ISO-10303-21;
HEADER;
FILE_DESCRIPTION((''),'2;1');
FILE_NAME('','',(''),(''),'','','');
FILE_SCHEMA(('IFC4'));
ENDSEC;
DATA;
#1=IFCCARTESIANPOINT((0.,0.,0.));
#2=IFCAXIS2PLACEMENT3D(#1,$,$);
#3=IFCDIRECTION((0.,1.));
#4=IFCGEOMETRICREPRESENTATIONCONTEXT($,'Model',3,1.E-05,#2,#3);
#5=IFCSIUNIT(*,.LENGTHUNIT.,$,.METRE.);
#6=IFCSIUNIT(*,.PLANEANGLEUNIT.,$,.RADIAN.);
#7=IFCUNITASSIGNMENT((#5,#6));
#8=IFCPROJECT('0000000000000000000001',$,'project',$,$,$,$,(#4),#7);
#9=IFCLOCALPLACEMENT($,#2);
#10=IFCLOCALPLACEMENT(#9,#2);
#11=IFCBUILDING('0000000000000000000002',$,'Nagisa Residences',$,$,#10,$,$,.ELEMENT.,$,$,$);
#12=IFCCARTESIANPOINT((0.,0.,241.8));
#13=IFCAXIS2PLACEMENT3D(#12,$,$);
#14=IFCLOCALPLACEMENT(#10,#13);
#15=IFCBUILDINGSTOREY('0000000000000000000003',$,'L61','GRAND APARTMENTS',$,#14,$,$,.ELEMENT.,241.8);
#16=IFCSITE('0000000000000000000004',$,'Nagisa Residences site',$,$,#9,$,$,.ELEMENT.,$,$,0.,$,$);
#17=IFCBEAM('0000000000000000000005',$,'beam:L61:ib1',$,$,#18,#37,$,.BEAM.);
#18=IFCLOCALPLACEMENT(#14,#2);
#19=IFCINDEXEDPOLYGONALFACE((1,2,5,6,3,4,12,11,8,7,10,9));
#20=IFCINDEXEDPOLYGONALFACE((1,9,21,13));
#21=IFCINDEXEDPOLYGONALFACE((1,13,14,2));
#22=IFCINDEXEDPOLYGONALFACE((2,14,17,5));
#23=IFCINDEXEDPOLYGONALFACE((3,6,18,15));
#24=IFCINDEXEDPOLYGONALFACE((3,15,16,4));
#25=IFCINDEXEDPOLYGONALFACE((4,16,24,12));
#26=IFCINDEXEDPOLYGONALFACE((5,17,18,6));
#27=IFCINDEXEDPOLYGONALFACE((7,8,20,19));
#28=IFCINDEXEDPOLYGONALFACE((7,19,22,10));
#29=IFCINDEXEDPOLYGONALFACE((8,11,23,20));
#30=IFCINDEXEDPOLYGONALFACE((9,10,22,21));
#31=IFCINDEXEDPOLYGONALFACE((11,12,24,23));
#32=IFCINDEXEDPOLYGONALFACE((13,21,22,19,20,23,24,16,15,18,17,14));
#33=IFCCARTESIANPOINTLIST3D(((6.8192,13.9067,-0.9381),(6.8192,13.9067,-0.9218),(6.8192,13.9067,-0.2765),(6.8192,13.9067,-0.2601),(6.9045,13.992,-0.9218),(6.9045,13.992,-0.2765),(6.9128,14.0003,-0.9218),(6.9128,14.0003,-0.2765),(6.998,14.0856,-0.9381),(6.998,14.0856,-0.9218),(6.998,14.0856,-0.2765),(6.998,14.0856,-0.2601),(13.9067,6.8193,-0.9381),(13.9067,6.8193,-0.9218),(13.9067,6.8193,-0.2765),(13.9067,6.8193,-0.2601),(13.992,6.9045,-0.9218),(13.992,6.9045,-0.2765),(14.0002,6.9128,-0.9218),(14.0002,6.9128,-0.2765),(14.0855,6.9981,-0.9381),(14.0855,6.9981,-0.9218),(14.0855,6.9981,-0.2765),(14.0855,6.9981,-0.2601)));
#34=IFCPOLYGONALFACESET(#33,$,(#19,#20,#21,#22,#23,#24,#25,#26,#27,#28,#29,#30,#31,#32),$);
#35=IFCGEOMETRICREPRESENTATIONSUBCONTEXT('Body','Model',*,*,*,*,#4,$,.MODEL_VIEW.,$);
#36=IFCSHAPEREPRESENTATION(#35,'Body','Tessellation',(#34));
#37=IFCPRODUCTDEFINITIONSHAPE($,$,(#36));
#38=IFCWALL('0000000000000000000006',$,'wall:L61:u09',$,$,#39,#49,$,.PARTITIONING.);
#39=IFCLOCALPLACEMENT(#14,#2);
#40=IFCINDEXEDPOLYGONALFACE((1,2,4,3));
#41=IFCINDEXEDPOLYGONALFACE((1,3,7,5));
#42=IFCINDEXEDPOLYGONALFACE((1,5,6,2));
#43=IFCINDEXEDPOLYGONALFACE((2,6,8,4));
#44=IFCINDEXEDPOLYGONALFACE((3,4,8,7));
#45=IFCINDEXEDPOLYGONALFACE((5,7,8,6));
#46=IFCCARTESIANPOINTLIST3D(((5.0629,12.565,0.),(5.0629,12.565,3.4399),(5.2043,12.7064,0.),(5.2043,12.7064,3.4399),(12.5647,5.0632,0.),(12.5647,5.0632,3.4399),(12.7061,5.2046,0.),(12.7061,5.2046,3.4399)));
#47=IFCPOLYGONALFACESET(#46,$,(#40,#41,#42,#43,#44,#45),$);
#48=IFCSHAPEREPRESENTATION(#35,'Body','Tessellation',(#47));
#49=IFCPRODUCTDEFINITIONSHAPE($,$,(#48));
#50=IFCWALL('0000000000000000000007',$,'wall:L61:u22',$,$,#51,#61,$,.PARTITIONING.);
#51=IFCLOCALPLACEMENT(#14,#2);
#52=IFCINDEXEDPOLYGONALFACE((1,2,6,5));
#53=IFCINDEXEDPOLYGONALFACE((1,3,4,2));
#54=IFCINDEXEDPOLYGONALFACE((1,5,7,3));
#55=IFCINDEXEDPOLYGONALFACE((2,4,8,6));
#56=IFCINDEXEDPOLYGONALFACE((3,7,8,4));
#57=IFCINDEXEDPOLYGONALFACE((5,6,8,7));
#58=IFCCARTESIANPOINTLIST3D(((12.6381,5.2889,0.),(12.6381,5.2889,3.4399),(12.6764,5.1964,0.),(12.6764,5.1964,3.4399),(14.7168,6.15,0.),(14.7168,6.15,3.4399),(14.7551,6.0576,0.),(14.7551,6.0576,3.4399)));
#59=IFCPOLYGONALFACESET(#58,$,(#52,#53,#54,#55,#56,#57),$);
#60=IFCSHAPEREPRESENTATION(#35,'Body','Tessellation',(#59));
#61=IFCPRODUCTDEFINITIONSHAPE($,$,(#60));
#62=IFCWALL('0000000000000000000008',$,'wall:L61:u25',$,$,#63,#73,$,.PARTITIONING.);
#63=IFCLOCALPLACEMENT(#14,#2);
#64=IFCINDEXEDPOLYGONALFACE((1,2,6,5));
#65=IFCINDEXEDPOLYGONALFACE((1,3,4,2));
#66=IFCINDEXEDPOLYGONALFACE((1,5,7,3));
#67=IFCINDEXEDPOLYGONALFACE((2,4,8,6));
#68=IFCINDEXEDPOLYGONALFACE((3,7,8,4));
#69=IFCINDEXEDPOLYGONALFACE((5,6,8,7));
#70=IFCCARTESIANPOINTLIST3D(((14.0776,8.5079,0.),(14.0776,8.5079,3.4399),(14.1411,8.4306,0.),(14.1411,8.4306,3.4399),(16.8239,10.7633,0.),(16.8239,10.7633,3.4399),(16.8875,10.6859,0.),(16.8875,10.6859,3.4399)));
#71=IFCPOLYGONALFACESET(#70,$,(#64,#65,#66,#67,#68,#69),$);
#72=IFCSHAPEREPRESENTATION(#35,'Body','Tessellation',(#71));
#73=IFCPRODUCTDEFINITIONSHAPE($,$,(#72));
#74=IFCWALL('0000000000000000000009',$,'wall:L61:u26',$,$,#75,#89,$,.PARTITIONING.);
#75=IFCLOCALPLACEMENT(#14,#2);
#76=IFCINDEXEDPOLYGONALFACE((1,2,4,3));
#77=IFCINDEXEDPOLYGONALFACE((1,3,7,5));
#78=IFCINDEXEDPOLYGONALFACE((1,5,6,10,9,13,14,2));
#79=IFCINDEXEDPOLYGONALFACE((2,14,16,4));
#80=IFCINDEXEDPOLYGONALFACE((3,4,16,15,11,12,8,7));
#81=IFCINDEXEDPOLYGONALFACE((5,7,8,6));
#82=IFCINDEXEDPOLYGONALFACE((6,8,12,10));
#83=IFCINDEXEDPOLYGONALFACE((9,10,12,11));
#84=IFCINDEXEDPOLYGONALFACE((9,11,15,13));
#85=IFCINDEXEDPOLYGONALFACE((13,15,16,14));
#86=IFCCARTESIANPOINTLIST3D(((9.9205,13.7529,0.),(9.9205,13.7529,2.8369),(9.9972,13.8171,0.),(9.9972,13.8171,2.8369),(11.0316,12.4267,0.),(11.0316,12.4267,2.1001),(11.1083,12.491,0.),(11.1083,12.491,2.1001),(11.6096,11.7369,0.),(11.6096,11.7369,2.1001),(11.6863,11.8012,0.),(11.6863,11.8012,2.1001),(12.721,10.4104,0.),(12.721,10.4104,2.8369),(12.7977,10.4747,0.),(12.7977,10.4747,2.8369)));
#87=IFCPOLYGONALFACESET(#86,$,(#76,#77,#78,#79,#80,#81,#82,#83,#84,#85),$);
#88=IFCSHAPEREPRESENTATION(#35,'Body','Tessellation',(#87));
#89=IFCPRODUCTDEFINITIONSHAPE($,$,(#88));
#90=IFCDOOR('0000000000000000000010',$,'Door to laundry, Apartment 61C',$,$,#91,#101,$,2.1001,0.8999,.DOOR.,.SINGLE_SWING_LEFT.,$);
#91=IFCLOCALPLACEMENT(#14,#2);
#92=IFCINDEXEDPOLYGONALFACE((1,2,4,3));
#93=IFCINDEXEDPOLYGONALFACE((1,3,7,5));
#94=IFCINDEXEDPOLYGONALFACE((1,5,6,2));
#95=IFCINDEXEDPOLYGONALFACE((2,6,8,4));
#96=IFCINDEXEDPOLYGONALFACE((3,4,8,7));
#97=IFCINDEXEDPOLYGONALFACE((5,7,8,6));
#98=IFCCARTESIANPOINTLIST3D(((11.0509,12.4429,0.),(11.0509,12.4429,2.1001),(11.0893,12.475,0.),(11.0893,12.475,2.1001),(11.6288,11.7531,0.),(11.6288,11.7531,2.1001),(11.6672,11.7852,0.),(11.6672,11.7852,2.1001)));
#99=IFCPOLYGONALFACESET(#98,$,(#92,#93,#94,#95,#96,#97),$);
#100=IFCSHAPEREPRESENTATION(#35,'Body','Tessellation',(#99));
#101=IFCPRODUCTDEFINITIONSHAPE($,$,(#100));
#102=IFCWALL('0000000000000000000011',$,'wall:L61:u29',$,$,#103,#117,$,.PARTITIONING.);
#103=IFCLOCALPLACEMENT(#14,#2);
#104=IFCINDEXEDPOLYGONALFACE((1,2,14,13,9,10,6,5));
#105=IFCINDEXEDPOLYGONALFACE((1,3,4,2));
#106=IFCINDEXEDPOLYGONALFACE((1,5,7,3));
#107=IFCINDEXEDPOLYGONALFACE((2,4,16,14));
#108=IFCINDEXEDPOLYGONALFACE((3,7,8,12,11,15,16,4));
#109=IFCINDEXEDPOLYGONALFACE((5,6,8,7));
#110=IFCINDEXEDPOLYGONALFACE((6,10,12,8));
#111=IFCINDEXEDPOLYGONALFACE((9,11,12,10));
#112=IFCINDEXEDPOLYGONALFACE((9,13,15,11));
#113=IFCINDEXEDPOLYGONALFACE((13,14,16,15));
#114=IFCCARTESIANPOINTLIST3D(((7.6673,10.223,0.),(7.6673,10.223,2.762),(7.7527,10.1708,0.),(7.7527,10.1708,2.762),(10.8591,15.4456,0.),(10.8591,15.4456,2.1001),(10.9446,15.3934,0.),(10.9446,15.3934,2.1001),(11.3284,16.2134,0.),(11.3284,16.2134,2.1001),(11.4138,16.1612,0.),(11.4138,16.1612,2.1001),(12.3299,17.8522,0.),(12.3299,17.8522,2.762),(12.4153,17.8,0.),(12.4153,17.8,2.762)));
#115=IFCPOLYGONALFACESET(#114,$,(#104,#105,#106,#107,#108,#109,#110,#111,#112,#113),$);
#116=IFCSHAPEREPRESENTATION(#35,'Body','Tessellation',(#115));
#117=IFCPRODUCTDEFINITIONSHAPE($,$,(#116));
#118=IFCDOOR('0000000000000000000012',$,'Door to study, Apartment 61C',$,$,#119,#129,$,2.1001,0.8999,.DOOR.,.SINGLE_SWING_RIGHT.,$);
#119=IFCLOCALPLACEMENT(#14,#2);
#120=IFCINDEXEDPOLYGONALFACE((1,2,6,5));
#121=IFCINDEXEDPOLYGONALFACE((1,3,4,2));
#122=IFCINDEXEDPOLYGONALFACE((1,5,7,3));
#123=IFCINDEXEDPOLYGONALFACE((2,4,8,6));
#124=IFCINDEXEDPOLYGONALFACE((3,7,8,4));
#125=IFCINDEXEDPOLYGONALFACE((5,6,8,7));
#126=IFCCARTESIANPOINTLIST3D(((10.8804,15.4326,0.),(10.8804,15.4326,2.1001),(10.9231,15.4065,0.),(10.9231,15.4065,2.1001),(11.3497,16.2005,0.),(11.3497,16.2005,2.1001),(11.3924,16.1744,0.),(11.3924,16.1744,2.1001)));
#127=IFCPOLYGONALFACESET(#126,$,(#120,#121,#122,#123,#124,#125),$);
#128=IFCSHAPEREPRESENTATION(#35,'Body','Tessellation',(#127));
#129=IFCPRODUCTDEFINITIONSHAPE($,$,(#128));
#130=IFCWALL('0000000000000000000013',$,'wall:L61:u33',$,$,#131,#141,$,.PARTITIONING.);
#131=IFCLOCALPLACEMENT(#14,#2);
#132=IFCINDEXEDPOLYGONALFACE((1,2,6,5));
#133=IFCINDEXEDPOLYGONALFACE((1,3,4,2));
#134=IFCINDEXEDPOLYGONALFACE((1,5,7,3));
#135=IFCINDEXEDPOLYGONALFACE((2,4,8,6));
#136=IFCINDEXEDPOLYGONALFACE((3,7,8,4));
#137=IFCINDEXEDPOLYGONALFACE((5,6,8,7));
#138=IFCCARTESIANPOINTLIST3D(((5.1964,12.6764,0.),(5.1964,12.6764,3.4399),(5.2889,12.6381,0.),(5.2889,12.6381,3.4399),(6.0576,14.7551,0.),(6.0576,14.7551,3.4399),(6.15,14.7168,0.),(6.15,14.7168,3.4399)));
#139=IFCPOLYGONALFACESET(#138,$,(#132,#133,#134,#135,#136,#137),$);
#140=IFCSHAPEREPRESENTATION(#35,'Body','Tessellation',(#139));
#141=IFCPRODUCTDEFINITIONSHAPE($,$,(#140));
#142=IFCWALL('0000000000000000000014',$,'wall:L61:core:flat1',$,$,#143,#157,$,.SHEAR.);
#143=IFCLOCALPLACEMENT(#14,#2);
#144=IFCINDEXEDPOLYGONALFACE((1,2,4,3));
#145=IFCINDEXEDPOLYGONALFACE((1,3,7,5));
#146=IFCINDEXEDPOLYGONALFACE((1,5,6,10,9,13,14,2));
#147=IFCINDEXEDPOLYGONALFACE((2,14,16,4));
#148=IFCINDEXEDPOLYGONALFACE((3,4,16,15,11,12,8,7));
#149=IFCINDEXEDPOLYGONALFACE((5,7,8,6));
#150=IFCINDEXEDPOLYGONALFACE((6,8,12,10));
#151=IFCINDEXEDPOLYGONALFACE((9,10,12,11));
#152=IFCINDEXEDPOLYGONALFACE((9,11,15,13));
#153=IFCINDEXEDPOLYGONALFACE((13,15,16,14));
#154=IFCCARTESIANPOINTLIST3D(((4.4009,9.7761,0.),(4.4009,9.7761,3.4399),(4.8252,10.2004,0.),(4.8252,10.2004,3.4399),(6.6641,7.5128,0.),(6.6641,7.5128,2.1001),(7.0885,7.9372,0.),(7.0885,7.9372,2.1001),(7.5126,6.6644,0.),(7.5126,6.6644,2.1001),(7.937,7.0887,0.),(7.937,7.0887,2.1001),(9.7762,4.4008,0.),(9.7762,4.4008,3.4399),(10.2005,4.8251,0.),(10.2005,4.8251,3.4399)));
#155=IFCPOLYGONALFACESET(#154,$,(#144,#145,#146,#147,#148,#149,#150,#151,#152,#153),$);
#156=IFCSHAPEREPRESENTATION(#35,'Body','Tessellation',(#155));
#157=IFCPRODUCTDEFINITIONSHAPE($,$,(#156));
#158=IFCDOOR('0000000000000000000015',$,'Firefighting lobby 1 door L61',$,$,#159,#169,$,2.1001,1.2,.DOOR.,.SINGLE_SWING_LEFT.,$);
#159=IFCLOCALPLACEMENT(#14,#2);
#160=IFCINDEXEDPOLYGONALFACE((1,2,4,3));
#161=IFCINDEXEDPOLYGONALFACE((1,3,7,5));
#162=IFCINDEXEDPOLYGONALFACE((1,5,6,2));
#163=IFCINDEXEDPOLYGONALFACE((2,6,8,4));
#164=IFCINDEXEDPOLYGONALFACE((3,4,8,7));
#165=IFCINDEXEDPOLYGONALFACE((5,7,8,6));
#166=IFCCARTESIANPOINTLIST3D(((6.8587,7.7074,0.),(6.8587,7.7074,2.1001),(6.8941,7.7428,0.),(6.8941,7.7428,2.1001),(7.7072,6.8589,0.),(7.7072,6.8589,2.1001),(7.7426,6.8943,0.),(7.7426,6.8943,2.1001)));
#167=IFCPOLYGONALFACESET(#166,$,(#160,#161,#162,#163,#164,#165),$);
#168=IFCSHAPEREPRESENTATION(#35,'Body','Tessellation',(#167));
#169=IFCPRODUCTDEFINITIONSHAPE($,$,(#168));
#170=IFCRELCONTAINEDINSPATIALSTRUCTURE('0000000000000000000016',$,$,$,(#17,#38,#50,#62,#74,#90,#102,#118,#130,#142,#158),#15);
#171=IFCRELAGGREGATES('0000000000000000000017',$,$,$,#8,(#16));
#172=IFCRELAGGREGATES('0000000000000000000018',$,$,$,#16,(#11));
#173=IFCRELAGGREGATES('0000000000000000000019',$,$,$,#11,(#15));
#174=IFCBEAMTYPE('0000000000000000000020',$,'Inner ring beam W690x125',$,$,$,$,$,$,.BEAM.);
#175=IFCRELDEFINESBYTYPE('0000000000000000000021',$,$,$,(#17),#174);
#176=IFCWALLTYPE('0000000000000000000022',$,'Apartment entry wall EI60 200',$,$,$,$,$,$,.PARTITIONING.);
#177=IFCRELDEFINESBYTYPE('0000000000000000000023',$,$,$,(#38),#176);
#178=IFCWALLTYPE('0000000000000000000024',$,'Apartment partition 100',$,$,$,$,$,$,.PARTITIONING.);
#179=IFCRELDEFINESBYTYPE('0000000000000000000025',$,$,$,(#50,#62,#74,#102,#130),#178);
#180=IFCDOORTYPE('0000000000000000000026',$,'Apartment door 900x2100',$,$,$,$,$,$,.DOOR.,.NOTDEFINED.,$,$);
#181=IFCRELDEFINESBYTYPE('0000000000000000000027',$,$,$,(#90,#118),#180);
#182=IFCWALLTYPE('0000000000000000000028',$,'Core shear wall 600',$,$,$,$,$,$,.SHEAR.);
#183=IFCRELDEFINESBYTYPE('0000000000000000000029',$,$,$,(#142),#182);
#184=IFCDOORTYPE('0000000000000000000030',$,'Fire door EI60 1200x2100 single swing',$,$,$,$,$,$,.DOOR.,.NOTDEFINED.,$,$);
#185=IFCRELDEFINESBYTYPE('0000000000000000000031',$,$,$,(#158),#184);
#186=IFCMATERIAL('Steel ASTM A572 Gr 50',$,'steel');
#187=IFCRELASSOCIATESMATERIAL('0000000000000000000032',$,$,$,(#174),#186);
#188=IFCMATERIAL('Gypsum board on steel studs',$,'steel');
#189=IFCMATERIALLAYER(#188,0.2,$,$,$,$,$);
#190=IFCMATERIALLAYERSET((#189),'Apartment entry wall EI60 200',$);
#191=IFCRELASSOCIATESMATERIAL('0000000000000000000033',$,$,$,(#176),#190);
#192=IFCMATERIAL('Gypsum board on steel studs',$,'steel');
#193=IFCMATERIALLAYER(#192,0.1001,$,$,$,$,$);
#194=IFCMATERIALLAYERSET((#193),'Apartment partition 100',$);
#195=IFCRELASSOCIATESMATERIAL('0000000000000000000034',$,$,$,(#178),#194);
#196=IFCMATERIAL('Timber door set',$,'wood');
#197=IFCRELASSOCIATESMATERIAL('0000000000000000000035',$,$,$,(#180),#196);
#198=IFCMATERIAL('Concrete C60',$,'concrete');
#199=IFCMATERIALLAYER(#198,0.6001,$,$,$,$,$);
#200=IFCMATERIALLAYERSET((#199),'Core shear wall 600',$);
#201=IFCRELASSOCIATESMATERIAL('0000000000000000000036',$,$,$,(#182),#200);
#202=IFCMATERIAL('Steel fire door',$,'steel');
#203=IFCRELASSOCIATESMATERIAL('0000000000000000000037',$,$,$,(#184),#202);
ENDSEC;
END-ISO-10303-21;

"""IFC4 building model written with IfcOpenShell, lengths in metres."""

from ifc_helpers import new_model, si_unit, direction, frame, frame_2d, origin, origin_2d, place, context, subcontext, project, spatial, rectangle, i_section, extrude, material, layer, layer_set, material_profile, profile_set, type_object, element, fill, save


model = new_model("IFC4")

# Units and contexts
model_context = context("Model", 3, precision=1e-05, world=origin(), true_north=direction((0.0, 1.0)))
body_context = subcontext(model_context, "Body", "Model", "MODEL_VIEW")
ifc_project = project(units=[si_unit("LENGTHUNIT", "METRE"), si_unit("PLANEANGLEUNIT", "RADIAN")], contexts=[model_context])

# Site, building, storey
site_placement = place(None, origin())
site = spatial("IfcSite", under=ifc_project, at=site_placement, Name="Nagisa Residences site", CompositionType="ELEMENT", RefElevation=0.0)
building_placement = place(site_placement, origin())
building = spatial("IfcBuilding", under=site, at=building_placement, Name="Nagisa Residences", CompositionType="ELEMENT")
storey_placement = place(building_placement, frame((0.0, 0.0, 241.8)))
storey = spatial("IfcBuildingStorey", under=building, at=storey_placement, Name="L61", Description="GRAND APARTMENTS", CompositionType="ELEMENT", Elevation=241.8)

# Beam
ifc_material_1 = material(Name="Steel ASTM A572 Gr 50", Category="steel")
ifc_material_profile = material_profile(ifc_material_1, i_section(OverallWidth=0.2529, OverallDepth=0.678, WebThickness=0.0117, FlangeThickness=0.0164, at=origin_2d()), Name="W690x125")
ifc_profile_set = profile_set([ifc_material_profile], Name="Steel ASTM A572 Gr 50")
beam_type = type_object("IfcBeamType", Name="Inner ring beam W690x125", PredefinedType="BEAM", material=ifc_profile_set)
beam_placement = place(storey_placement, frame((13.9961, 6.9087, -0.5991), z_axis=(-0.707107, 0.707107, 0.0), x_axis=(-0.707107, -0.707107, 0.0)))
element("IfcBeam", 1, at=beam_placement, inside=storey, type_object=beam_type, Name="beam:L61:ib1", PredefinedType="BEAM", context=body_context, shape_type="SweptSolid", body=[
    extrude(i_section(OverallWidth=0.2529, OverallDepth=0.678, WebThickness=0.0117, FlangeThickness=0.0164, at=origin_2d()), origin(), (0.0, 0.0, 1.0), 10.0232),
])

# Walls
ifc_material_2 = material(Name="Gypsum board on steel studs", Category="steel")
ifc_layer_1 = layer(ifc_material_2, 0.2)
ifc_layer_set_1 = layer_set([ifc_layer_1], Name="Apartment entry wall EI60 200")
wall_type_1 = type_object("IfcWallType", Name="Apartment entry wall EI60 200", PredefinedType="PARTITIONING", material=ifc_layer_set_1)
wall_1_placement = place(storey_placement, frame((12.6355, 5.1338, 0.0), z_axis=(0.0, 0.0, 1.0), x_axis=(-0.707107, 0.707107, 0.0)))
element("IfcWall", 2, at=wall_1_placement, inside=storey, type_object=wall_type_1, Name="wall:L61:u09", PredefinedType="PARTITIONING", context=body_context, shape_type="SweptSolid", body=[
    extrude(rectangle(XDim=10.6091, YDim=0.2, at=frame_2d((5.3047, 0.0))), origin(), (0.0, 0.0, 1.0), 3.4399),
])
ifc_material_3 = material(Name="Gypsum board on steel studs", Category="steel")
ifc_layer_2 = layer(ifc_material_3, 0.1001)
ifc_layer_set_2 = layer_set([ifc_layer_2], Name="Apartment partition 100")
wall_type_2 = type_object("IfcWallType", Name="Apartment partition 100", PredefinedType="PARTITIONING", material=ifc_layer_set_2)
wall_2_placement = place(storey_placement, frame((12.6572, 5.2427, 0.0), z_axis=(0.0, 0.0, 1.0), x_axis=(0.923865, 0.382719, 0.0)))
element("IfcWall", 3, at=wall_2_placement, inside=storey, type_object=wall_type_2, Name="wall:L61:u22", PredefinedType="PARTITIONING", context=body_context, shape_type="SweptSolid", body=[
    extrude(rectangle(XDim=2.25, YDim=0.1001, at=frame_2d((1.125, 0.0))), origin(), (0.0, 0.0, 1.0), 3.4399),
])
wall_3_placement = place(storey_placement, frame((14.1094, 8.4692, 0.0), z_axis=(0.0, 0.0, 1.0), x_axis=(0.772802, 0.634647, 0.0)))
element("IfcWall", 4, at=wall_3_placement, inside=storey, type_object=wall_type_2, Name="wall:L61:u25", PredefinedType="PARTITIONING", context=body_context, shape_type="SweptSolid", body=[
    extrude(rectangle(XDim=3.5537, YDim=0.1001, at=frame_2d((1.7769, 0.0))), origin(), (0.0, 0.0, 1.0), 3.4399),
])

# Walls, openings, doors
wall_4_placement = place(storey_placement, frame((12.7593, 10.4426, 0.0), z_axis=(0.0, 0.0, 1.0), x_axis=(-0.642225, 0.766516, 0.0)))
wall_4 = element("IfcWall", 5, at=wall_4_placement, inside=storey, type_object=wall_type_2, Name="wall:L61:u26", PredefinedType="PARTITIONING", context=body_context, shape_type="SweptSolid", body=[
    extrude(rectangle(XDim=4.3606, YDim=0.1001, at=frame_2d((2.1802, 0.0))), origin(), (0.0, 0.0, 1.0), 2.8369),
])
opening_1_placement = place(wall_4_placement, frame((1.7305, 0.0, 0.0)))
opening_1 = element("IfcOpeningElement", 6, at=opening_1_placement, cuts=wall_4, PredefinedType="OPENING", context=body_context, shape_type="SweptSolid", body=[
    extrude(rectangle(XDim=0.8999, YDim=2.1001, at=frame_2d((0.45, 1.05))), frame((0.0, 0.0601, 0.0), z_axis=(0.0, -1.0, 0.0), x_axis=(1.0, 0.0, 0.0)), (0.0, 0.0, 1.0), 0.1201),
])
ifc_material_4 = material(Name="Timber door set", Category="wood")
door_type_1 = type_object("IfcDoorType", Name="Apartment door 900x2100", OperationType="NOTDEFINED", PredefinedType="DOOR", material=ifc_material_4)
door_1_placement = place(opening_1_placement, origin())
door_1 = element("IfcDoor", 7, at=door_1_placement, inside=storey, type_object=door_type_1, Name="Door to laundry, Apartment 61C", OperationType="SINGLE_SWING_LEFT", OverallHeight=2.1001, OverallWidth=0.8999, PredefinedType="DOOR", context=body_context, shape_type="SweptSolid", body=[
    extrude(rectangle(XDim=0.8999, YDim=2.1001, at=frame_2d((0.45, 1.05))), frame((0.0, 0.0249, 0.0), z_axis=(0.0, -1.0, 0.0), x_axis=(1.0, 0.0, 0.0)), (0.0, 0.0, 1.0), 0.05),
])
fill(opening_1, door_1)
wall_5_placement = place(storey_placement, frame((7.71, 10.1968, 0.0), z_axis=(0.0, 0.0, 1.0), x_axis=(0.521478, 0.853265, 0.0)))
wall_5 = element("IfcWall", 8, at=wall_5_placement, inside=storey, type_object=wall_type_2, Name="wall:L61:u29", PredefinedType="PARTITIONING", context=body_context, shape_type="SweptSolid", body=[
    extrude(rectangle(XDim=8.9412, YDim=0.1001, at=frame_2d((4.4707, 0.0))), origin(), (0.0, 0.0, 1.0), 2.762),
])
opening_2_placement = place(wall_5_placement, frame((6.1208, 0.0, 0.0)))
opening_2 = element("IfcOpeningElement", 9, at=opening_2_placement, cuts=wall_5, PredefinedType="OPENING", context=body_context, shape_type="SweptSolid", body=[
    extrude(rectangle(XDim=0.8999, YDim=2.1001, at=frame_2d((0.45, 1.05))), frame((0.0, 0.0601, 0.0), z_axis=(0.0, -1.0, 0.0), x_axis=(1.0, 0.0, 0.0)), (0.0, 0.0, 1.0), 0.1201),
])
door_2_placement = place(opening_2_placement, frame((0.8999, 0.0, 0.0), x_axis=(-1.0, 0.0, 0.0)))
door_2 = element("IfcDoor", 10, at=door_2_placement, inside=storey, type_object=door_type_1, Name="Door to study, Apartment 61C", OperationType="SINGLE_SWING_RIGHT", OverallHeight=2.1001, OverallWidth=0.8999, PredefinedType="DOOR", context=body_context, shape_type="SweptSolid", body=[
    extrude(rectangle(XDim=0.8999, YDim=2.1001, at=frame_2d((0.45, 1.05))), frame((0.0, 0.0249, 0.0), z_axis=(0.0, -1.0, 0.0), x_axis=(1.0, 0.0, 0.0)), (0.0, 0.0, 1.0), 0.05),
])
fill(opening_2, door_2)

# Wall
wall_6_placement = place(storey_placement, frame((5.2427, 12.6572, 0.0), z_axis=(0.0, 0.0, 1.0), x_axis=(0.382719, 0.923865, 0.0)))
element("IfcWall", 11, at=wall_6_placement, inside=storey, type_object=wall_type_2, Name="wall:L61:u33", PredefinedType="PARTITIONING", context=body_context, shape_type="SweptSolid", body=[
    extrude(rectangle(XDim=2.25, YDim=0.1001, at=frame_2d((1.125, 0.0))), origin(), (0.0, 0.0, 1.0), 3.4399),
])

# Wall, opening, door
ifc_material_5 = material(Name="Concrete C60", Category="concrete")
ifc_layer_3 = layer(ifc_material_5, 0.6001)
ifc_layer_set_3 = layer_set([ifc_layer_3], Name="Core shear wall 600")
wall_type_3 = type_object("IfcWallType", Name="Core shear wall 600", PredefinedType="SHEAR", material=ifc_layer_set_3)
wall_7_placement = place(storey_placement, frame((9.9883, 4.613, 0.0), z_axis=(0.0, 0.0, 1.0), x_axis=(-0.707107, 0.707107, 0.0)))
wall_7 = element("IfcWall", 12, at=wall_7_placement, inside=storey, type_object=wall_type_3, Name="wall:L61:core:flat1", PredefinedType="SHEAR", context=body_context, shape_type="SweptSolid", body=[
    extrude(rectangle(XDim=7.6018, YDim=0.6001, at=frame_2d((3.8008, 0.0))), origin(), (0.0, 0.0, 1.0), 3.4399),
])
opening_3_placement = place(wall_7_placement, frame((3.2009, 0.0, 0.0)))
opening_3 = element("IfcOpeningElement", 13, at=opening_3_placement, cuts=wall_7, PredefinedType="OPENING", context=body_context, shape_type="SweptSolid", body=[
    extrude(rectangle(XDim=1.2, YDim=2.1001, at=frame_2d((0.6001, 1.05))), frame((0.0, 0.3101, 0.0), z_axis=(0.0, -1.0, 0.0), x_axis=(1.0, 0.0, 0.0)), (0.0, 0.0, 1.0), 0.6201),
])
ifc_material_6 = material(Name="Steel fire door", Category="steel")
door_type_2 = type_object("IfcDoorType", Name="Fire door EI60 1200x2100 single swing", OperationType="NOTDEFINED", PredefinedType="DOOR", material=ifc_material_6)
door_3_placement = place(opening_3_placement, origin())
door_3 = element("IfcDoor", 14, at=door_3_placement, inside=storey, type_object=door_type_2, Name="Firefighting lobby 1 door L61", OperationType="SINGLE_SWING_LEFT", OverallHeight=2.1001, OverallWidth=1.2, PredefinedType="DOOR", context=body_context, shape_type="SweptSolid", body=[
    extrude(rectangle(XDim=1.2, YDim=2.1001, at=frame_2d((0.6001, 1.05))), frame((0.0, 0.0249, 0.0), z_axis=(0.0, -1.0, 0.0), x_axis=(1.0, 0.0, 0.0)), (0.0, 0.0, 1.0), 0.05),
])
fill(opening_3, door_3)

save(model, "model.ifc")
